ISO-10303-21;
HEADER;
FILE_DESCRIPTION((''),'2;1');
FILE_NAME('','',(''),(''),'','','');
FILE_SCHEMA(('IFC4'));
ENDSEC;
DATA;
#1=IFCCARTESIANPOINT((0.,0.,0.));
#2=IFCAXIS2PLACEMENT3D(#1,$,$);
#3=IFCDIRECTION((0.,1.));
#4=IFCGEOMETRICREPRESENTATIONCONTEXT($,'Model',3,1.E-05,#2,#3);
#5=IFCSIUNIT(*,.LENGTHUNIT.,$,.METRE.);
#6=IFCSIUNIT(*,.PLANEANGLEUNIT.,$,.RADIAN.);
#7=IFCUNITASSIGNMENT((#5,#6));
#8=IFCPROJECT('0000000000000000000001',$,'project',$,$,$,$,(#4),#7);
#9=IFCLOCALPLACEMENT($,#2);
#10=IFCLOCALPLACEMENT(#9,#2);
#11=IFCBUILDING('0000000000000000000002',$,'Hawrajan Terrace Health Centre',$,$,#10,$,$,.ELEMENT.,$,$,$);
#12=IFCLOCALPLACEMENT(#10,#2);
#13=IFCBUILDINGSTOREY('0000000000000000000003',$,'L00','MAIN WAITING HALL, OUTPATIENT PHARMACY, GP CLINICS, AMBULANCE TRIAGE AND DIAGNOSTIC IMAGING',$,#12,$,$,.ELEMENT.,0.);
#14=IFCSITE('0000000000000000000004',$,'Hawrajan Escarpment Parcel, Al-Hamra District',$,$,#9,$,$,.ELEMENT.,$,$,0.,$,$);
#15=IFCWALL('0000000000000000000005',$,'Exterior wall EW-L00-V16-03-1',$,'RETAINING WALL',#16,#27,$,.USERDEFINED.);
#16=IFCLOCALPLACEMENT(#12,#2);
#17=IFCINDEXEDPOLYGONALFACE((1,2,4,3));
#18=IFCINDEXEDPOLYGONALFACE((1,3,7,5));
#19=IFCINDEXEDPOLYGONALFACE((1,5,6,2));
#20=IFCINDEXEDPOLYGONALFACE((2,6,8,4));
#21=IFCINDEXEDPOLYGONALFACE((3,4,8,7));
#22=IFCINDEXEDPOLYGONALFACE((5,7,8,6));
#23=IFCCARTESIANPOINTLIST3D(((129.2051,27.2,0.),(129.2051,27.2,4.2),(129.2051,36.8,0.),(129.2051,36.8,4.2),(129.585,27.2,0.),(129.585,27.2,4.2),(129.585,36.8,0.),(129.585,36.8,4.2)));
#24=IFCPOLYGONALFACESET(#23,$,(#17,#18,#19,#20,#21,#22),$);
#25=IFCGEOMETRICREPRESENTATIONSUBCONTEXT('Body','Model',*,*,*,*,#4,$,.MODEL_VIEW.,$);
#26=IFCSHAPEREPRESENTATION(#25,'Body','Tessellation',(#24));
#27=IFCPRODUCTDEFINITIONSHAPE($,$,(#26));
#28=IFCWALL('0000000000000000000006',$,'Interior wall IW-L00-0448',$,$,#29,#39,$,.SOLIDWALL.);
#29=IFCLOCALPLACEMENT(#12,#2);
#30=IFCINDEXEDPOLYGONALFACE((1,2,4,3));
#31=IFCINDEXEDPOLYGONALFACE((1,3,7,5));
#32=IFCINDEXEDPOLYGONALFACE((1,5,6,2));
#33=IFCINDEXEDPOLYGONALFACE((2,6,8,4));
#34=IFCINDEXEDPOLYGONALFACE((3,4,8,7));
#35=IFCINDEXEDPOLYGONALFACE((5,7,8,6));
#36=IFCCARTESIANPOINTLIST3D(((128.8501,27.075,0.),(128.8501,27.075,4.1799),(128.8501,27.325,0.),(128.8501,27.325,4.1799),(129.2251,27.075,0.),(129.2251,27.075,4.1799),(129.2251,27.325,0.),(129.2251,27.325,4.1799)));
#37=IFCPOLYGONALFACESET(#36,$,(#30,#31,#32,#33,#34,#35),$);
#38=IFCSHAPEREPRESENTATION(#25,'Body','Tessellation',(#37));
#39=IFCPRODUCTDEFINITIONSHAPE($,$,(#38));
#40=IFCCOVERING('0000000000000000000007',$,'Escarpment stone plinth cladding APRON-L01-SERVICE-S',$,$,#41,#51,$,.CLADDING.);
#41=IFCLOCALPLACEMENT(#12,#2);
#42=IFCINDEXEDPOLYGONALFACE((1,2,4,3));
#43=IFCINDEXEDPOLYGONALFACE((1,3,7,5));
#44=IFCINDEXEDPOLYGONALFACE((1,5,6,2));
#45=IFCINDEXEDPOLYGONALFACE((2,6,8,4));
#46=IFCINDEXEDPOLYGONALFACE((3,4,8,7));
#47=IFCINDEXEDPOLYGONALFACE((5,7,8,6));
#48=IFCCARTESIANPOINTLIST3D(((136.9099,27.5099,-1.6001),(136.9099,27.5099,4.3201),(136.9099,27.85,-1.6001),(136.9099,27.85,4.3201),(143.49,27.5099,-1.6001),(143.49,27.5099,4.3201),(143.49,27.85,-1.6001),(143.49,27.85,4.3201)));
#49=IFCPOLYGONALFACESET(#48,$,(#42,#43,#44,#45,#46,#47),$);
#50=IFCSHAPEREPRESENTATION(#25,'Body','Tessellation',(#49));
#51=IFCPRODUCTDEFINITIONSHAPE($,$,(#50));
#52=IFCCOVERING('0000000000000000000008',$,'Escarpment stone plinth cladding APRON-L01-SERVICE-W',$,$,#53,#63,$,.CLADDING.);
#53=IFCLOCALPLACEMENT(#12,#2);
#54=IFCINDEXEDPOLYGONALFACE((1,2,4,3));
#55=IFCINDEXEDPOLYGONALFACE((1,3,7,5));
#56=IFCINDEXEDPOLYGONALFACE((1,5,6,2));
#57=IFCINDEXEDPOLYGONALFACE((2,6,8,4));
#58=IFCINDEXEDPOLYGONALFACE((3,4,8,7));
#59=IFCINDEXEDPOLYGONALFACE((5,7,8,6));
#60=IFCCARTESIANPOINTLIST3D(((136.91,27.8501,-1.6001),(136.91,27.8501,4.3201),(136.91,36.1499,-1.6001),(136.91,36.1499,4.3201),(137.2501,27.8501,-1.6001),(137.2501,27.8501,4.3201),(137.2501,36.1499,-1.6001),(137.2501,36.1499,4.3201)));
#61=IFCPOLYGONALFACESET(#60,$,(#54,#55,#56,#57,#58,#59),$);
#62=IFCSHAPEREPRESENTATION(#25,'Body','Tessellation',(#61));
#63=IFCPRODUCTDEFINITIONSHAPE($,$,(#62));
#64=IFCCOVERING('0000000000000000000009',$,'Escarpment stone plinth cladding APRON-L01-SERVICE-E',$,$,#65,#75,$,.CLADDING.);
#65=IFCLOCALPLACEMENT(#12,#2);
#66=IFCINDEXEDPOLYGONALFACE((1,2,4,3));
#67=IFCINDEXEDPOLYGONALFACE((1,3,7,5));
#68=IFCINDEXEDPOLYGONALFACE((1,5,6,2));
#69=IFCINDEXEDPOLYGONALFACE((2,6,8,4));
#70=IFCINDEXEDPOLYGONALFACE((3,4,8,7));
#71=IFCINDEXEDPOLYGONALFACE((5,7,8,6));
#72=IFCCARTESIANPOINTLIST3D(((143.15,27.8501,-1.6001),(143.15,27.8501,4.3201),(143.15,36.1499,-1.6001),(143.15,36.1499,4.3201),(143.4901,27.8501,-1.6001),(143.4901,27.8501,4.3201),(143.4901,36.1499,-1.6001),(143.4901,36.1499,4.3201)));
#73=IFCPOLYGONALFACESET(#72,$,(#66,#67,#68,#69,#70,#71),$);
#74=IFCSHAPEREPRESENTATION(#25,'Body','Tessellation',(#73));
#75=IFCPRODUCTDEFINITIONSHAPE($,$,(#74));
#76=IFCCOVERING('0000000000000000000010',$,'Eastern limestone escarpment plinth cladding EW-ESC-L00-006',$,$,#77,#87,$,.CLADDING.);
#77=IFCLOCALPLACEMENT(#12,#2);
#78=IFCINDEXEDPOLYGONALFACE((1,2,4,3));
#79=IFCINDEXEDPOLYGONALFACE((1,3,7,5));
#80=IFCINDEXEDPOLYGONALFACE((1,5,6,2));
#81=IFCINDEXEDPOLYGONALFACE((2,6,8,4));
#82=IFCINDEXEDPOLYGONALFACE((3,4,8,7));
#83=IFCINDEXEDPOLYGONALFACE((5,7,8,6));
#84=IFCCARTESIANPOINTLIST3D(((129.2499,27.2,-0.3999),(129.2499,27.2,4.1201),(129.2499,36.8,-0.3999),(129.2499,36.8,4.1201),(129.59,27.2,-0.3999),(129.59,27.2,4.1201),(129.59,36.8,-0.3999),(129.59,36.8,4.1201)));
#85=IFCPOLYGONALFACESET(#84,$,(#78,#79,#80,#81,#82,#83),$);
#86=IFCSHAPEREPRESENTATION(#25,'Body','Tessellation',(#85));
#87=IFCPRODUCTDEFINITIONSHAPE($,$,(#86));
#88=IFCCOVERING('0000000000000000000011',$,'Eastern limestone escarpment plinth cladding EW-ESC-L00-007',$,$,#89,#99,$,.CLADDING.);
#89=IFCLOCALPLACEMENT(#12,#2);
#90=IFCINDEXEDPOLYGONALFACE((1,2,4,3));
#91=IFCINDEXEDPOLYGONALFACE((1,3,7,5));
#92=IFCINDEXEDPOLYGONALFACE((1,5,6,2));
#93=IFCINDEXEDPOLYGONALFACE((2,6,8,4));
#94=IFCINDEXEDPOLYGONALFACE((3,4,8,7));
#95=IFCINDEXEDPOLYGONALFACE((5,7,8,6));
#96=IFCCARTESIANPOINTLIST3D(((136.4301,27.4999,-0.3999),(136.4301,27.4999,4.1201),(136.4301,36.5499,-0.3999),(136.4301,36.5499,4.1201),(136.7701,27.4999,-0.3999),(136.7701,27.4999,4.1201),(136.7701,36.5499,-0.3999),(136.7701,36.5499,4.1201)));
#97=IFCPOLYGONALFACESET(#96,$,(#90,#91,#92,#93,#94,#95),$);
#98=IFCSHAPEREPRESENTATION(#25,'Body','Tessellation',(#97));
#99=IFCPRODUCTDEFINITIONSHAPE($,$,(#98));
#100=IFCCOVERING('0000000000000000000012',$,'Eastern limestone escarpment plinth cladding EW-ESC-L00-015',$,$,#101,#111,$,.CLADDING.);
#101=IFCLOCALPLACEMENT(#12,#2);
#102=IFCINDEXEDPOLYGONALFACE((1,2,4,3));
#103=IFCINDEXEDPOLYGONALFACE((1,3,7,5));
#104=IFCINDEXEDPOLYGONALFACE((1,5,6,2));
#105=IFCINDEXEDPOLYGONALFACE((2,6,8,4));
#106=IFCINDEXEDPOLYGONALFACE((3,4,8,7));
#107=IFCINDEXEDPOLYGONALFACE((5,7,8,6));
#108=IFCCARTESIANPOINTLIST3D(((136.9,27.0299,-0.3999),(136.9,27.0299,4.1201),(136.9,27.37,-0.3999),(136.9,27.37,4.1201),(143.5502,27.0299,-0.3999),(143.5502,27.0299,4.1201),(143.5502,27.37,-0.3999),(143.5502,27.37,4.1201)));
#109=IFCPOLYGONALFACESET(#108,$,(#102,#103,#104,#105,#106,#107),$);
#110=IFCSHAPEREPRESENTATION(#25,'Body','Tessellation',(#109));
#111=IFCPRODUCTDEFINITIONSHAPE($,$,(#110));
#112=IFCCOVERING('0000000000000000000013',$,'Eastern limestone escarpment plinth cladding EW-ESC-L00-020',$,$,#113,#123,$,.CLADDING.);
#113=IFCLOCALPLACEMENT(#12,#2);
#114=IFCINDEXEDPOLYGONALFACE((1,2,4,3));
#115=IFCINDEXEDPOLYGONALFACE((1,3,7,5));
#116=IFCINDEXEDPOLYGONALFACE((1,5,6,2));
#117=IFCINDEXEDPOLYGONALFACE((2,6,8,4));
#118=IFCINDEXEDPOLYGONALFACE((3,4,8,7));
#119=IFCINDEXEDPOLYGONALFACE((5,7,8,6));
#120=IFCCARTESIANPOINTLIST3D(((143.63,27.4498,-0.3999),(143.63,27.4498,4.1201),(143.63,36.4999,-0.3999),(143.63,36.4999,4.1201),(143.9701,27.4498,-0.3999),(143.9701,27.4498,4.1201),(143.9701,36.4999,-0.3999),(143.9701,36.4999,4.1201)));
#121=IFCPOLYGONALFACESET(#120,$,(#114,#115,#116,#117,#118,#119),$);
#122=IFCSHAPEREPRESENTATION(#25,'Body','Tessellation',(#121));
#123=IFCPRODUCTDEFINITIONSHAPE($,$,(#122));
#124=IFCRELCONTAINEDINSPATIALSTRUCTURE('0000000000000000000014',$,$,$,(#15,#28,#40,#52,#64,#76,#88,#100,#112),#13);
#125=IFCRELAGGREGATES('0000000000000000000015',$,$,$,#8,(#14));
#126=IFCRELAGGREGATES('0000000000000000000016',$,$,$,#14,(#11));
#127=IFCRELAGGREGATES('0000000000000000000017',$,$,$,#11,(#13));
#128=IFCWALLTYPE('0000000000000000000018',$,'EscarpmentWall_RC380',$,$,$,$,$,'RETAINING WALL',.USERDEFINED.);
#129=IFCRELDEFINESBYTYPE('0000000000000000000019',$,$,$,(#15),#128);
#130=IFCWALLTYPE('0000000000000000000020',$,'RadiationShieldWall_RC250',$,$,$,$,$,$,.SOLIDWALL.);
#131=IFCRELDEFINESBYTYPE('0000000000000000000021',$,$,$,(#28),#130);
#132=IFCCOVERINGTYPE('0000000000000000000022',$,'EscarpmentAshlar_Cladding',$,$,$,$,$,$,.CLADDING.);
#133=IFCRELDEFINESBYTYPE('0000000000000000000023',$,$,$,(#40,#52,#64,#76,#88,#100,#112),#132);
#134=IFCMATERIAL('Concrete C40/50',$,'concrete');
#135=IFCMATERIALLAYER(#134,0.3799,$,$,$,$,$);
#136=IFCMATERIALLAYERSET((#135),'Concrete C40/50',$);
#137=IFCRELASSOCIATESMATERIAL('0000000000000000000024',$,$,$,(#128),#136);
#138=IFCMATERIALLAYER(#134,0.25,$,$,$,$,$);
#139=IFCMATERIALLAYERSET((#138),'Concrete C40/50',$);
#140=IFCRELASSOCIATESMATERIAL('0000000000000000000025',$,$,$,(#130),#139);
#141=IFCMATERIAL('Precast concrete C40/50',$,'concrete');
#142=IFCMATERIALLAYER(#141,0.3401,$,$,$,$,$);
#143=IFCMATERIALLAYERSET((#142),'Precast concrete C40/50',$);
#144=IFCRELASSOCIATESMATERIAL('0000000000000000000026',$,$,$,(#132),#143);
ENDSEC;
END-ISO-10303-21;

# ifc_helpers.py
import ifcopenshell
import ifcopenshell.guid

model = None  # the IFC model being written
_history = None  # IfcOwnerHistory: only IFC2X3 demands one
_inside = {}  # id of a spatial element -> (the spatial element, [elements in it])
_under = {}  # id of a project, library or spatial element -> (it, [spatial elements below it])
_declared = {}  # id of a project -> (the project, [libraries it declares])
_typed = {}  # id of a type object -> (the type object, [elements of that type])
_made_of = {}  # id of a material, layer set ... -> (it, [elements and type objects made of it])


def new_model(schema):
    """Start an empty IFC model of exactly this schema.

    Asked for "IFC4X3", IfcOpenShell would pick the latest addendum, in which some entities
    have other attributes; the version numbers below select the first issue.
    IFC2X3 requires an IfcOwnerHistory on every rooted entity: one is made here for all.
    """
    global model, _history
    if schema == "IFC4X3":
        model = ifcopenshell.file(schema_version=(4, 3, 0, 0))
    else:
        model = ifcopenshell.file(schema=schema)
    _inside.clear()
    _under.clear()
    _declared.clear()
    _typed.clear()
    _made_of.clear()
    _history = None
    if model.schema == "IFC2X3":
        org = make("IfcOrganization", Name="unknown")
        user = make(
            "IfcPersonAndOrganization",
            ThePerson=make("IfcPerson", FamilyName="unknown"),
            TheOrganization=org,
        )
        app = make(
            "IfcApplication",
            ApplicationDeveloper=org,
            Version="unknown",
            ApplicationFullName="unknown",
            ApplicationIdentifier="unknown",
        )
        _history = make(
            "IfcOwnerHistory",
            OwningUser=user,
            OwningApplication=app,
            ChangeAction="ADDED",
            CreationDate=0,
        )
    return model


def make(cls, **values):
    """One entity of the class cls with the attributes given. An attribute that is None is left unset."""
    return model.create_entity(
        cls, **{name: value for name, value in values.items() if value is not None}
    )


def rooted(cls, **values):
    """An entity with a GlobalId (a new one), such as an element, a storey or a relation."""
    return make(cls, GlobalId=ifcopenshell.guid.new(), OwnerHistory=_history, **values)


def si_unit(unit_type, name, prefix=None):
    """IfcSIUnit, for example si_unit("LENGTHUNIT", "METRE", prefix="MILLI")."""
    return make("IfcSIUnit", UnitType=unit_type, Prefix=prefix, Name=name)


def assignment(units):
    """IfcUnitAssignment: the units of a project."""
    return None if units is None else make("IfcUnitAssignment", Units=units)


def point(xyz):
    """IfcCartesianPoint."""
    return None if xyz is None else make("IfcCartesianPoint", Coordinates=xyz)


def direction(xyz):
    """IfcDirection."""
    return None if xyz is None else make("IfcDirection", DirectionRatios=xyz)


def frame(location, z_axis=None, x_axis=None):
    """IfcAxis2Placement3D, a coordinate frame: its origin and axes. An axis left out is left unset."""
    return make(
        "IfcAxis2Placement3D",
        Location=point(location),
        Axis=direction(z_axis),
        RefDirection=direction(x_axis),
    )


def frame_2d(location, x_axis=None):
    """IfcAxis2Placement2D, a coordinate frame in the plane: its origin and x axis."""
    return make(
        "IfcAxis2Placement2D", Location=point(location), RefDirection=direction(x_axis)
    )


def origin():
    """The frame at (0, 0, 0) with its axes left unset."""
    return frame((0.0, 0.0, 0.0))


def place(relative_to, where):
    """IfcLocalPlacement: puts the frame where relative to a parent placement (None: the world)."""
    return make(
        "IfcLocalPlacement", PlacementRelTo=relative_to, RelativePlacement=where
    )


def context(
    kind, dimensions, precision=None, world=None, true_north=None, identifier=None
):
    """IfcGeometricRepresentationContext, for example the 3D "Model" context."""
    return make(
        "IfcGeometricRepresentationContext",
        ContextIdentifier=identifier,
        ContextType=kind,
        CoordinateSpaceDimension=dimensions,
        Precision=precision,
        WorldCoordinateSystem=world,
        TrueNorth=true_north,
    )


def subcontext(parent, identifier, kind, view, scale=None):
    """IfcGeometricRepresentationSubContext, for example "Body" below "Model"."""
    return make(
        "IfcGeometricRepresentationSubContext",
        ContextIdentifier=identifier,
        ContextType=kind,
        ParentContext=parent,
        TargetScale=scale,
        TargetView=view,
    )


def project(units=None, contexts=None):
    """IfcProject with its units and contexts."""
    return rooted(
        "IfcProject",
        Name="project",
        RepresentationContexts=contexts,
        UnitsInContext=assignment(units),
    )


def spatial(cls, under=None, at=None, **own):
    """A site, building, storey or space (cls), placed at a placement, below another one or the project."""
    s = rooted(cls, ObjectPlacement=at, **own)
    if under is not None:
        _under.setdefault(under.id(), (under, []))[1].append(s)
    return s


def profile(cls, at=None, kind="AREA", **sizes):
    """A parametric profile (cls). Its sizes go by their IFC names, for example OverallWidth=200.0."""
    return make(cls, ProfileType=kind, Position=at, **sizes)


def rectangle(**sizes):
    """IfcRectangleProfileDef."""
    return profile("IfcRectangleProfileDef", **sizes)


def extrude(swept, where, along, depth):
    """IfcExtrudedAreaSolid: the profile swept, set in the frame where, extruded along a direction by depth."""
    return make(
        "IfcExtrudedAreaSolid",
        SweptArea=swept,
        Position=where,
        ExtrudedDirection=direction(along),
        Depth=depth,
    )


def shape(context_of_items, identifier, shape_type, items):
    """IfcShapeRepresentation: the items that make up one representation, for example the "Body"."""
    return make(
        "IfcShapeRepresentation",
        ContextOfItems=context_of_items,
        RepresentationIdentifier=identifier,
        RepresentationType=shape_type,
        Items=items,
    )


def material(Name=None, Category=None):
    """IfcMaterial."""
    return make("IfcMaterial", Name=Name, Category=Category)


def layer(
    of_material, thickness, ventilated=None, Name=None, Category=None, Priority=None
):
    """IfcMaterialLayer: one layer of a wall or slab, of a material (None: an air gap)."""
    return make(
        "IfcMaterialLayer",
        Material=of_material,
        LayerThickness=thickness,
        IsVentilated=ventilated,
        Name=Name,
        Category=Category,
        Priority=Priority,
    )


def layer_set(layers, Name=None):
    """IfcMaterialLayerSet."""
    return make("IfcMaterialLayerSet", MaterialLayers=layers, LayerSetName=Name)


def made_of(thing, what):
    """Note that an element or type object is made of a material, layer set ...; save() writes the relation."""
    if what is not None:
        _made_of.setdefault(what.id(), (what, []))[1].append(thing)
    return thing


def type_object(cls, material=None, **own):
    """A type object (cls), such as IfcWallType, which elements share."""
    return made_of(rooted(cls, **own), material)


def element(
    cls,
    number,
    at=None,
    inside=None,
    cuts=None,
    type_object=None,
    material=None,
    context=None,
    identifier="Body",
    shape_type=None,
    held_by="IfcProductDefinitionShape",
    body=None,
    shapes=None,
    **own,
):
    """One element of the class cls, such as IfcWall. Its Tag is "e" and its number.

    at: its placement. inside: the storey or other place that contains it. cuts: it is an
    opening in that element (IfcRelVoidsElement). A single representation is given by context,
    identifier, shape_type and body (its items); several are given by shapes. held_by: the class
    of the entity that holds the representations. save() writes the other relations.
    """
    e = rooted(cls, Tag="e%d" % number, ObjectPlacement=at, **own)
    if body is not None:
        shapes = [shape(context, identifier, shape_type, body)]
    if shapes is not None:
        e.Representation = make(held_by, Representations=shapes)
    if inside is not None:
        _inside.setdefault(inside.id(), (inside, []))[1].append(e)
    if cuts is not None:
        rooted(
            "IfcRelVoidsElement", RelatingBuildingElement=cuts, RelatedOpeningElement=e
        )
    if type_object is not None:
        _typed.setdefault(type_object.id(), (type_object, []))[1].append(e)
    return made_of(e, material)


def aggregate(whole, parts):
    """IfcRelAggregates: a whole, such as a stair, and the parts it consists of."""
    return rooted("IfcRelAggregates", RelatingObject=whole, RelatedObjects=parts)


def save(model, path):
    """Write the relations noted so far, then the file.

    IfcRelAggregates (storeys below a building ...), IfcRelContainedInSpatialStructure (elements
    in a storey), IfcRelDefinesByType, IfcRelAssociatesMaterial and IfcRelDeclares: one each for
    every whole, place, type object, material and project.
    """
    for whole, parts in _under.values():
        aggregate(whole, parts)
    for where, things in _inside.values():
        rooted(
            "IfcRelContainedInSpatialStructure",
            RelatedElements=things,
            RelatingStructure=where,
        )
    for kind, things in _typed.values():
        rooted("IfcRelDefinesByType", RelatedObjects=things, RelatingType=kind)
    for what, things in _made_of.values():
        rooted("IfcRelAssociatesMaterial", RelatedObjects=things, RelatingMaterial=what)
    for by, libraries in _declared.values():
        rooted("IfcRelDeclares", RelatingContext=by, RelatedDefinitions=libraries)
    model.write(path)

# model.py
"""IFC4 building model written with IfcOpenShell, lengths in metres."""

from ifc_helpers import new_model, si_unit, direction, frame, frame_2d, origin, place, context, subcontext, project, spatial, rectangle, extrude, material, layer, layer_set, type_object, element, save


model = new_model("IFC4")

# Units and contexts
model_context = context("Model", 3, precision=1e-05, world=origin(), true_north=direction((0.0, 1.0)))
body_context = subcontext(model_context, "Body", "Model", "MODEL_VIEW")
ifc_project = project(units=[si_unit("LENGTHUNIT", "METRE"), si_unit("PLANEANGLEUNIT", "RADIAN")], contexts=[model_context])

# Site, building, storey
site_placement = place(None, origin())
site = spatial("IfcSite", under=ifc_project, at=site_placement, Name="Hawrajan Escarpment Parcel, Al-Hamra District", CompositionType="ELEMENT", RefElevation=0.0)
building_placement = place(site_placement, origin())
building = spatial("IfcBuilding", under=site, at=building_placement, Name="Hawrajan Terrace Health Centre", CompositionType="ELEMENT")
storey_placement = place(building_placement, origin())
storey = spatial("IfcBuildingStorey", under=building, at=storey_placement, Name="L00", Description="MAIN WAITING HALL, OUTPATIENT PHARMACY, GP CLINICS, AMBULANCE TRIAGE AND DIAGNOSTIC IMAGING", CompositionType="ELEMENT", Elevation=0.0)

# Shared definitions
ifc_material_1 = material(Name="Concrete C40/50", Category="concrete")

# Walls
ifc_layer_1 = layer(ifc_material_1, 0.3799)
ifc_layer_set_1 = layer_set([ifc_layer_1], Name="Concrete C40/50")
wall_type_1 = type_object("IfcWallType", Name="EscarpmentWall_RC380", ElementType="RETAINING WALL", PredefinedType="USERDEFINED", material=ifc_layer_set_1)
wall_1_placement = place(storey_placement, frame((129.395, 27.2, 0.0), z_axis=(0.0, 0.0, 1.0), x_axis=(0.0, 1.0, 0.0)))
element("IfcWall", 1, at=wall_1_placement, inside=storey, type_object=wall_type_1, Name="Exterior wall EW-L00-V16-03-1", ObjectType="RETAINING WALL", PredefinedType="USERDEFINED", context=body_context, shape_type="SweptSolid", body=[
    extrude(rectangle(XDim=9.6001, YDim=0.3799, at=frame_2d((4.8, 0.0))), origin(), (0.0, 0.0, 1.0), 4.2),
])
ifc_layer_2 = layer(ifc_material_1, 0.25)
ifc_layer_set_2 = layer_set([ifc_layer_2], Name="Concrete C40/50")
wall_type_2 = type_object("IfcWallType", Name="RadiationShieldWall_RC250", PredefinedType="SOLIDWALL", material=ifc_layer_set_2)
wall_2_placement = place(storey_placement, frame((128.8501, 27.2, 0.0), z_axis=(0.0, 0.0, 1.0), x_axis=(1.0, 0.0, 0.0)))
element("IfcWall", 2, at=wall_2_placement, inside=storey, type_object=wall_type_2, Name="Interior wall IW-L00-0448", PredefinedType="SOLIDWALL", context=body_context, shape_type="SweptSolid", body=[
    extrude(rectangle(XDim=0.375, YDim=0.25, at=frame_2d((0.1875, 0.0))), origin(), (0.0, 0.0, 1.0), 4.1799),
])

# Coverings
ifc_material_2 = material(Name="Precast concrete C40/50", Category="concrete")
ifc_layer_3 = layer(ifc_material_2, 0.3401)
ifc_layer_set_3 = layer_set([ifc_layer_3], Name="Precast concrete C40/50")
covering_type = type_object("IfcCoveringType", Name="EscarpmentAshlar_Cladding", PredefinedType="CLADDING", material=ifc_layer_set_3)
covering_1_placement = place(storey_placement, frame((136.9099, 27.6799, -1.6001), z_axis=(0.0, 0.0, 1.0), x_axis=(1.0, 0.0, 0.0)))
element("IfcCovering", 3, at=covering_1_placement, inside=storey, type_object=covering_type, Name="Escarpment stone plinth cladding APRON-L01-SERVICE-S", PredefinedType="CLADDING", context=body_context, shape_type="SweptSolid", body=[
    extrude(rectangle(XDim=6.5801, YDim=0.3401, at=frame_2d((3.29, 0.0))), origin(), (0.0, 0.0, 1.0), 5.9202),
])
for number, where, z_axis, x_axis, name in (
    (4, (137.0801, 27.8501, -1.6001), (0.0, 0.0, 1.0), (0.0, 1.0, 0.0), "Escarpment stone plinth cladding APRON-L01-SERVICE-W"),
    (5, (143.3201, 27.8501, -1.6001), (0.0, 0.0, 1.0), (0.0, 1.0, 0.0), "Escarpment stone plinth cladding APRON-L01-SERVICE-E"),
):
    element("IfcCovering", number, at=place(storey_placement, frame(where, z_axis=z_axis, x_axis=x_axis)), inside=storey, type_object=covering_type, Name=name, PredefinedType="CLADDING", context=body_context, shape_type="SweptSolid", body=[
        extrude(rectangle(XDim=8.2998, YDim=0.3401, at=frame_2d((4.1499, 0.0))), origin(), (0.0, 0.0, 1.0), 5.9202),
    ])
covering_2_placement = place(storey_placement, frame((129.4199, 27.2, -0.3999), z_axis=(0.0, 0.0, 1.0), x_axis=(0.0, 1.0, 0.0)))
element("IfcCovering", 6, at=covering_2_placement, inside=storey, type_object=covering_type, Name="Eastern limestone escarpment plinth cladding EW-ESC-L00-006", PredefinedType="CLADDING", context=body_context, shape_type="SweptSolid", body=[
    extrude(rectangle(XDim=9.6001, YDim=0.3401, at=frame_2d((4.8, 0.0))), origin(), (0.0, 0.0, 1.0), 4.52),
])
covering_3_placement = place(storey_placement, frame((136.6001, 27.5, -0.3999), z_axis=(0.0, 0.0, 1.0), x_axis=(0.0, 1.0, 0.0)))
element("IfcCovering", 7, at=covering_3_placement, inside=storey, type_object=covering_type, Name="Eastern limestone escarpment plinth cladding EW-ESC-L00-007", PredefinedType="CLADDING", context=body_context, shape_type="SweptSolid", body=[
    extrude(rectangle(XDim=9.05, YDim=0.3401, at=frame_2d((4.5249, 0.0))), origin(), (0.0, 0.0, 1.0), 4.52),
])
covering_4_placement = place(storey_placement, frame((136.8999, 27.2, -0.3999), z_axis=(0.0, 0.0, 1.0), x_axis=(1.0, 0.0, 0.0)))
element("IfcCovering", 8, at=covering_4_placement, inside=storey, type_object=covering_type, Name="Eastern limestone escarpment plinth cladding EW-ESC-L00-015", PredefinedType="CLADDING", context=body_context, shape_type="SweptSolid", body=[
    extrude(rectangle(XDim=6.6501, YDim=0.3401, at=frame_2d((3.3252, 0.0))), origin(), (0.0, 0.0, 1.0), 4.52),
])
covering_5_placement = place(storey_placement, frame((143.8, 27.45, -0.3999), z_axis=(0.0, 0.0, 1.0), x_axis=(0.0, 1.0, 0.0)))
element("IfcCovering", 9, at=covering_5_placement, inside=storey, type_object=covering_type, Name="Eastern limestone escarpment plinth cladding EW-ESC-L00-020", PredefinedType="CLADDING", context=body_context, shape_type="SweptSolid", body=[
    extrude(rectangle(XDim=9.05, YDim=0.3401, at=frame_2d((4.5249, 0.0))), origin(), (0.0, 0.0, 1.0), 4.52),
])

save(model, "model.ifc")
